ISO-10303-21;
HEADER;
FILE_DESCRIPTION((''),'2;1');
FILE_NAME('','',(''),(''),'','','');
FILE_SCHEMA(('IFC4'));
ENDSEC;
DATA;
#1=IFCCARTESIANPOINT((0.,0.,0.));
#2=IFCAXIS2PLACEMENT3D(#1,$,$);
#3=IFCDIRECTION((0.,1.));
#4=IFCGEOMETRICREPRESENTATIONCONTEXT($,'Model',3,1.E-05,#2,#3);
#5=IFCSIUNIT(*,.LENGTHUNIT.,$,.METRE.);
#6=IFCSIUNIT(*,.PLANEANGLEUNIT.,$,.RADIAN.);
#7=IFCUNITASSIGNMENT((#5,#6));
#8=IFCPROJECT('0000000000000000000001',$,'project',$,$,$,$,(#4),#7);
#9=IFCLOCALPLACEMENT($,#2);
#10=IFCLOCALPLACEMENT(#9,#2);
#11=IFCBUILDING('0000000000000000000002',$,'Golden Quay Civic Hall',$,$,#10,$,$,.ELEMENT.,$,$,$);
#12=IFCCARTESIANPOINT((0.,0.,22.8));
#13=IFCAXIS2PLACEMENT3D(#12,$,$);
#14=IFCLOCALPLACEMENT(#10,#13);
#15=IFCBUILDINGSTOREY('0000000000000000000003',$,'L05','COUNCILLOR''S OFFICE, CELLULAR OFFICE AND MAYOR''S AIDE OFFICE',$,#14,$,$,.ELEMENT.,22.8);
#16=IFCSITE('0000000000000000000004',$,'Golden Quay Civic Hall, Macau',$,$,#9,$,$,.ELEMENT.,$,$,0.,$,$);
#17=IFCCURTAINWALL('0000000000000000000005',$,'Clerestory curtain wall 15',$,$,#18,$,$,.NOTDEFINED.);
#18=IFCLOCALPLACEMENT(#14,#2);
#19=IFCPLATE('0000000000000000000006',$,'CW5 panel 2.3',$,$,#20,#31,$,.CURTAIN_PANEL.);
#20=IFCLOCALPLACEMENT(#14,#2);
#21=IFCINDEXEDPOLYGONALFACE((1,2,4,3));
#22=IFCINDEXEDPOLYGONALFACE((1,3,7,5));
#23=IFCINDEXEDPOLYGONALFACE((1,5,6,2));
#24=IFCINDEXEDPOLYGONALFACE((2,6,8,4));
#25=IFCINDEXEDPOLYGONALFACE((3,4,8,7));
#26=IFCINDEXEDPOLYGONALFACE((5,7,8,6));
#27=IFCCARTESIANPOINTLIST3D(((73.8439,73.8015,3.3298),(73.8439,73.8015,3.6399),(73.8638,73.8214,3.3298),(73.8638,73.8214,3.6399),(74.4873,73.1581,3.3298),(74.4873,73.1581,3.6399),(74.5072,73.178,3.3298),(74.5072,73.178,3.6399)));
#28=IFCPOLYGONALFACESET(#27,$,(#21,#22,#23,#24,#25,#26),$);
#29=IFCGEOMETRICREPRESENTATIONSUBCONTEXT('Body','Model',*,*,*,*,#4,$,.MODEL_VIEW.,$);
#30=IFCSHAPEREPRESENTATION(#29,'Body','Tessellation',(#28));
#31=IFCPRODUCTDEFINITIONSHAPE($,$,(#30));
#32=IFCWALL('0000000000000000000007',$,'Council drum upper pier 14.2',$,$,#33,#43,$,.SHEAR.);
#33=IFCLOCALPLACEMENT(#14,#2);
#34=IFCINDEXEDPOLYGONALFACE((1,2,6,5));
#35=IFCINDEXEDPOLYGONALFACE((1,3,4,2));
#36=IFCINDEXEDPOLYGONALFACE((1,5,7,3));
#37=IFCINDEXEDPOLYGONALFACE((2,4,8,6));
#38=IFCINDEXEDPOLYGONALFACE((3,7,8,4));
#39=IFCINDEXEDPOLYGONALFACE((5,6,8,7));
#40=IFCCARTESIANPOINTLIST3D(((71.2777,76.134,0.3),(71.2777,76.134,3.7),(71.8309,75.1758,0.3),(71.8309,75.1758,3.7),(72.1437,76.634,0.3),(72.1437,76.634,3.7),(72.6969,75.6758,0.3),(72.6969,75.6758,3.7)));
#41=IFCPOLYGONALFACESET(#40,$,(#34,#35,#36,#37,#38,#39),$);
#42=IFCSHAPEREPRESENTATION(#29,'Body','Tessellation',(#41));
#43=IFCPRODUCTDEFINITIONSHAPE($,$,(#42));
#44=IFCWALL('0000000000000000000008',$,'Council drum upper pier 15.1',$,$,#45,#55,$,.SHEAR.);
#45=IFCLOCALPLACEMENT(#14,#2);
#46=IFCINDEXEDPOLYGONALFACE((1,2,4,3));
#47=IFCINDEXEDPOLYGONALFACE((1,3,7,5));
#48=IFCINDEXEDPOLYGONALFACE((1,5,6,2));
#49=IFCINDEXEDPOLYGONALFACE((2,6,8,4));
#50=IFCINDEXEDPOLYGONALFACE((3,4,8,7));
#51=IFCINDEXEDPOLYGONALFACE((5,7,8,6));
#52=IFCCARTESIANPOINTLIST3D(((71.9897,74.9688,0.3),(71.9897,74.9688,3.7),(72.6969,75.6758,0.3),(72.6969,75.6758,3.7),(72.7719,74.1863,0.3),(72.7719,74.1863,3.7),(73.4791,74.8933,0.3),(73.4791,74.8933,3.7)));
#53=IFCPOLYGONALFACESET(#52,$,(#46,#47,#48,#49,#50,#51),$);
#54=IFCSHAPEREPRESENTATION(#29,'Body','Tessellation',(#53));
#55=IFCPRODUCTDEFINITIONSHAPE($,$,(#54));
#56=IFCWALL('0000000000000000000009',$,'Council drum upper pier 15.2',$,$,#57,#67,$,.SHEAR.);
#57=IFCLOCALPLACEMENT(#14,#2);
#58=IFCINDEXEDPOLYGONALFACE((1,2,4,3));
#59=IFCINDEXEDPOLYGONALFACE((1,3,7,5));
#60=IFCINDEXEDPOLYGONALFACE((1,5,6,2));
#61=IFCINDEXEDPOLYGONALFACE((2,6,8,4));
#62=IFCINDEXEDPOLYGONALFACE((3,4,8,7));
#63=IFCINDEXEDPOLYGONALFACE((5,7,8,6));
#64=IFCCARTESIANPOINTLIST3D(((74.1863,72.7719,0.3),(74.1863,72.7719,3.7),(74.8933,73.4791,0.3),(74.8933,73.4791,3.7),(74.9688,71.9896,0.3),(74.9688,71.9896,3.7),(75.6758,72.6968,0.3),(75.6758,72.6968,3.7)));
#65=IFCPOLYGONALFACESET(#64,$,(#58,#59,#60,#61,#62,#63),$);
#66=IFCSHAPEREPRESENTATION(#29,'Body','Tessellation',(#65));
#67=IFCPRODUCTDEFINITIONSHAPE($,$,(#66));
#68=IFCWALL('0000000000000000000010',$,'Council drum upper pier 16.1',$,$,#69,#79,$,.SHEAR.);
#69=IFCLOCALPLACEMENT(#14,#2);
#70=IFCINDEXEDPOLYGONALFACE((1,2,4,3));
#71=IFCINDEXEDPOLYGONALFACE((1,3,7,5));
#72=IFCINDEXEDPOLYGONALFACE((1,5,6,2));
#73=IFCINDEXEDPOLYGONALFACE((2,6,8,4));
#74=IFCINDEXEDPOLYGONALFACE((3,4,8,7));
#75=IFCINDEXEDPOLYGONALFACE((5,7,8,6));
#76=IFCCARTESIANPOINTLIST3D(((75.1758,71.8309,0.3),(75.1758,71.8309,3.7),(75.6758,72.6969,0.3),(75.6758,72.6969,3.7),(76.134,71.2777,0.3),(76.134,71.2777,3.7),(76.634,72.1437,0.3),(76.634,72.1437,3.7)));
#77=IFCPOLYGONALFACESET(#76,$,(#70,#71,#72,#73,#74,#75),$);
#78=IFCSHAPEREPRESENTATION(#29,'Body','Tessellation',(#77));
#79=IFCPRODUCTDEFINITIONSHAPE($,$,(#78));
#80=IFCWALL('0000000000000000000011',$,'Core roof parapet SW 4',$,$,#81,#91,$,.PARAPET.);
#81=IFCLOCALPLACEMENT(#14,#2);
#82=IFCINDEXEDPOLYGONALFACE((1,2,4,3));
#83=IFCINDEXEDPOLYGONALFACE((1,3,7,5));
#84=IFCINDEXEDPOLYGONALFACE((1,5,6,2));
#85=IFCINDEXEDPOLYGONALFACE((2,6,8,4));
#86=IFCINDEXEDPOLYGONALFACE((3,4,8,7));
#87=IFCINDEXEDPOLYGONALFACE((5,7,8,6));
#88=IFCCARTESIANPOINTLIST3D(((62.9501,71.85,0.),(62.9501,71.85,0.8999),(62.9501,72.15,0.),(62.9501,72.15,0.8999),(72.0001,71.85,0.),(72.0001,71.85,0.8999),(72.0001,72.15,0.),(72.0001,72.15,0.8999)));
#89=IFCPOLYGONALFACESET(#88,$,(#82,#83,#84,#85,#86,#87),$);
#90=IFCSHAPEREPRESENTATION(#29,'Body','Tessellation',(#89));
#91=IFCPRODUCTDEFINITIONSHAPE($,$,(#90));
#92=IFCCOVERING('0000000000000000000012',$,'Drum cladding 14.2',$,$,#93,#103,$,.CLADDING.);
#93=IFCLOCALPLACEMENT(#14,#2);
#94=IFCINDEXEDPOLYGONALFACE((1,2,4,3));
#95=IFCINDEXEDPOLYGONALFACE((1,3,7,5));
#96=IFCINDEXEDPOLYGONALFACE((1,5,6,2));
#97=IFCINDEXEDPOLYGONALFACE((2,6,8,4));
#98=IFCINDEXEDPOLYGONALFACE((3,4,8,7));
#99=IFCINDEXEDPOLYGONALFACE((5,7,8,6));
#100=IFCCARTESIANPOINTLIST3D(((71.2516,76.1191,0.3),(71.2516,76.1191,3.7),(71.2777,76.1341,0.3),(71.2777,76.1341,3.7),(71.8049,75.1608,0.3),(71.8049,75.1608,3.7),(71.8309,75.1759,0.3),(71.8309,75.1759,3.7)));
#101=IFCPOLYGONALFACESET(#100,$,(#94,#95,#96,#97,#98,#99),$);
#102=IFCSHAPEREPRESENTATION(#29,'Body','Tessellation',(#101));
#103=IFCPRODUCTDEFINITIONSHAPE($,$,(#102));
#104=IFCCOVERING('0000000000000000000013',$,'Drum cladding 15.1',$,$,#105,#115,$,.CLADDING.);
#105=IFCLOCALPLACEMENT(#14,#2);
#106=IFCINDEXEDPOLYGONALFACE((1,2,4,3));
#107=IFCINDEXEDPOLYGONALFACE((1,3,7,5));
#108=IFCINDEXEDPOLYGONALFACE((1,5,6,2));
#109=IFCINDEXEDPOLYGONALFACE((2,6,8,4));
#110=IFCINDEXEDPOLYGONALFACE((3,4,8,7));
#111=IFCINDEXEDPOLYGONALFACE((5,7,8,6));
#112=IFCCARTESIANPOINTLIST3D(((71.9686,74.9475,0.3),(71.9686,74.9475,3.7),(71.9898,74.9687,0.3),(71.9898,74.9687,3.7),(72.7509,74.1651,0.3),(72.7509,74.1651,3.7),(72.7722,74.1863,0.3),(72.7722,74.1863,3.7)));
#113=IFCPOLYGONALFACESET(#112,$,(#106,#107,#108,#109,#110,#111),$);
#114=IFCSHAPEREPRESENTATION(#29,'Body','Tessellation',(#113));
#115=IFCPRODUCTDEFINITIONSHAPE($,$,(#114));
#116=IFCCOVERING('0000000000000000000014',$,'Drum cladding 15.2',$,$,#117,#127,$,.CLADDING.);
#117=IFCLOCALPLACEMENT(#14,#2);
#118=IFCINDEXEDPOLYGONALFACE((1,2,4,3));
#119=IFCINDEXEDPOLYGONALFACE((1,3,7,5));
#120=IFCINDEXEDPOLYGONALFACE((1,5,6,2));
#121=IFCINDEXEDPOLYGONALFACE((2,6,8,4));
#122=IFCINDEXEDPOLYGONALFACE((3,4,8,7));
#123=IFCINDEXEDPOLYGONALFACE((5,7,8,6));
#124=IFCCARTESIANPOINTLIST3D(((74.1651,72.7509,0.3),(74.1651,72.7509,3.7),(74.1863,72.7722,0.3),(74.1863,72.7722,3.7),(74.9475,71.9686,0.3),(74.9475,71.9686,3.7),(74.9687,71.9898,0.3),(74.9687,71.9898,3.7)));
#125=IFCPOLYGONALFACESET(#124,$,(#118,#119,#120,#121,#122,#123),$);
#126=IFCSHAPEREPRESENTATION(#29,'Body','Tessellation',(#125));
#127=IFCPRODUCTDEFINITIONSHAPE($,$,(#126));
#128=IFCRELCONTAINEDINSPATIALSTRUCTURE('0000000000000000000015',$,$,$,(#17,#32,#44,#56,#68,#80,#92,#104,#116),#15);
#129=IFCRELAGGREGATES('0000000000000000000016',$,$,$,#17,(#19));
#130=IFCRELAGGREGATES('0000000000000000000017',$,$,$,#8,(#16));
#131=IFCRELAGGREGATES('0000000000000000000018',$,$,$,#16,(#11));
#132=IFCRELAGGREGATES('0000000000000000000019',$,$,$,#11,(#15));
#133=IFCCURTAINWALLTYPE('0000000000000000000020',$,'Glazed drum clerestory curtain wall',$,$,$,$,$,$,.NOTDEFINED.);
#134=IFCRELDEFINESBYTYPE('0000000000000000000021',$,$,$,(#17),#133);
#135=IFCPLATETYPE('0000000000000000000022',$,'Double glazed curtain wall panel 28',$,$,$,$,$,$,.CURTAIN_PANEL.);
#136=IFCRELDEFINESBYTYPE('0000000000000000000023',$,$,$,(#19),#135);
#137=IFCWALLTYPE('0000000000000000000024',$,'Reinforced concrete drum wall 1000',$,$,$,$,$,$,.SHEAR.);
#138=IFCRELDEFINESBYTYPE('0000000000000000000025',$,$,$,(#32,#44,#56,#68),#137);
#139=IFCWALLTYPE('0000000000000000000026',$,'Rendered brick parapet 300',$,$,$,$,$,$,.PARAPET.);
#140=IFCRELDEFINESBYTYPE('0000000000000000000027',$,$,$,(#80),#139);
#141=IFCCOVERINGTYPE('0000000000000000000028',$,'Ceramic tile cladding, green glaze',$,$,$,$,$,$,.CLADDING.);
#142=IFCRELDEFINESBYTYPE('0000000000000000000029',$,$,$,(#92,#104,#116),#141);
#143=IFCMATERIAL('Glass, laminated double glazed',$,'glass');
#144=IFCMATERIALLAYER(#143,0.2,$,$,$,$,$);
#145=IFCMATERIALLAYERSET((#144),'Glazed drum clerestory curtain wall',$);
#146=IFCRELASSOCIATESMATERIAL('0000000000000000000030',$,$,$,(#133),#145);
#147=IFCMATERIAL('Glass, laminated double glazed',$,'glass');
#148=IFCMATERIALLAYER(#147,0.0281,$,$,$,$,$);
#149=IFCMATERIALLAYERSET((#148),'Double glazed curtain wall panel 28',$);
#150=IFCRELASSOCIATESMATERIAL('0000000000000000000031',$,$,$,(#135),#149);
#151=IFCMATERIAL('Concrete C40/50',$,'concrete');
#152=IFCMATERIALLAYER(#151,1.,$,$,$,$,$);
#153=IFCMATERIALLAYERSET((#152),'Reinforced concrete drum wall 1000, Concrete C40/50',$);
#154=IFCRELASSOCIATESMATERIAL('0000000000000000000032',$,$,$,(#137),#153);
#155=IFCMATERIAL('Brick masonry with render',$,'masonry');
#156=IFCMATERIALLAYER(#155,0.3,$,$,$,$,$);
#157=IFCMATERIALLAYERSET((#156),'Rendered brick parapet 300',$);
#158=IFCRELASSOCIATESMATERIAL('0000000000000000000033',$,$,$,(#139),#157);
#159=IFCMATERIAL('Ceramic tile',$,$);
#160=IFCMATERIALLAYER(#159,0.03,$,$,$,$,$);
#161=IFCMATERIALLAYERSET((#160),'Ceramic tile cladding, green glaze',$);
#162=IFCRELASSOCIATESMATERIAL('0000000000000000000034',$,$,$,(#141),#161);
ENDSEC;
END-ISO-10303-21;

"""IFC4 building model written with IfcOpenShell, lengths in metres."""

from ifc_helpers import new_model, si_unit, direction, frame, frame_2d, origin, origin_2d, place, context, subcontext, project, spatial, rectangle, extrude, material, layer, layer_set, type_object, element, aggregate, save


model = new_model("IFC4")

# Units and contexts
model_context = context("Model", 3, precision=1e-05, world=origin(), true_north=direction((0.0, 1.0)))
body_context = subcontext(model_context, "Body", "Model", "MODEL_VIEW")
ifc_project = project(units=[si_unit("LENGTHUNIT", "METRE"), si_unit("PLANEANGLEUNIT", "RADIAN")], contexts=[model_context])

# Site, building, storey
site_placement = place(None, origin())
site = spatial("IfcSite", under=ifc_project, at=site_placement, Name="Golden Quay Civic Hall, Macau", CompositionType="ELEMENT", RefElevation=0.0)
building_placement = place(site_placement, origin())
building = spatial("IfcBuilding", under=site, at=building_placement, Name="Golden Quay Civic Hall", CompositionType="ELEMENT")
storey_placement = place(building_placement, frame((0.0, 0.0, 22.8)))
storey = spatial("IfcBuildingStorey", under=building, at=storey_placement, Name="L05", Description="COUNCILLOR'S OFFICE, CELLULAR OFFICE AND MAYOR'S AIDE OFFICE", CompositionType="ELEMENT", Elevation=22.8)

# Curtain wall
ifc_material_1 = material(Name="Glass, laminated double glazed", Category="glass")
ifc_layer_1 = layer(ifc_material_1, 0.2)
ifc_layer_set_1 = layer_set([ifc_layer_1], Name="Glazed drum clerestory curtain wall")
curtain_wall_type = type_object("IfcCurtainWallType", Name="Glazed drum clerestory curtain wall", PredefinedType="NOTDEFINED", material=ifc_layer_set_1)
curtain_wall_1_placement = place(storey_placement, origin())
curtain_wall_1 = element("IfcCurtainWall", 1, at=curtain_wall_1_placement, inside=storey, type_object=curtain_wall_type, Name="Clerestory curtain wall 15", PredefinedType="NOTDEFINED")

# Plate
ifc_material_2 = material(Name="Glass, laminated double glazed", Category="glass")
ifc_layer_2 = layer(ifc_material_2, 0.0281)
ifc_layer_set_2 = layer_set([ifc_layer_2], Name="Double glazed curtain wall panel 28")
plate_type = type_object("IfcPlateType", Name="Double glazed curtain wall panel 28", PredefinedType="CURTAIN_PANEL", material=ifc_layer_set_2)
plate_1_placement = place(storey_placement, frame((74.1755, 73.4897, 3.3298), z_axis=(0.0, 0.0, 1.0), x_axis=(0.707107, -0.707107, 0.0)))
plate_1 = element("IfcPlate", 2, at=plate_1_placement, type_object=plate_type, Name="CW5 panel 2.3", PredefinedType="CURTAIN_PANEL", context=body_context, shape_type="SweptSolid", body=[
    extrude(rectangle(XDim=0.9099, YDim=0.0281, at=origin_2d()), origin(), (0.0, 0.0, 1.0), 0.3101),
])
aggregate(curtain_wall_1, [plate_1])

# Walls
ifc_material_3 = material(Name="Concrete C40/50", Category="concrete")
ifc_layer_3 = layer(ifc_material_3, 1.0)
ifc_layer_set_3 = layer_set([ifc_layer_3], Name="Reinforced concrete drum wall 1000, Concrete C40/50")
wall_type_1 = type_object("IfcWallType", Name="Reinforced concrete drum wall 1000", PredefinedType="SHEAR", material=ifc_layer_set_3)
for number, where, z_axis, x_axis, name in (
    (3, (71.7107, 76.384, 0.3), (0.0, 0.0, 1.0), (0.499983, -0.866035, 0.0), "Council drum upper pier 14.2"),
    (4, (72.3433, 75.3223, 0.3), (0.0, 0.0, 1.0), (0.706996, -0.707217, 0.0), "Council drum upper pier 15.1"),
    (5, (74.5398, 73.1255, 0.3), (0.0, 0.0, 1.0), (0.707217, -0.706996, 0.0), "Council drum upper pier 15.2"),
    (6, (75.4258, 72.2639, 0.3), (0.0, 0.0, 1.0), (0.866035, -0.499983, 0.0), "Council drum upper pier 16.1"),
):
    element("IfcWall", number, at=place(storey_placement, frame(where, z_axis=z_axis, x_axis=x_axis)), inside=storey, type_object=wall_type_1, Name=name, PredefinedType="SHEAR", context=body_context, shape_type="SweptSolid", body=[
        extrude(rectangle(XDim=1.1064, YDim=1.0, at=frame_2d((0.5532, 0.0))), origin(), (0.0, 0.0, 1.0), 3.3999),
    ])
ifc_material_4 = material(Name="Brick masonry with render", Category="masonry")
ifc_layer_4 = layer(ifc_material_4, 0.3)
ifc_layer_set_4 = layer_set([ifc_layer_4], Name="Rendered brick parapet 300")
wall_type_2 = type_object("IfcWallType", Name="Rendered brick parapet 300", PredefinedType="PARAPET", material=ifc_layer_set_4)
wall_placement = place(storey_placement, frame((72.0, 72.0, 0.0), z_axis=(0.0, 0.0, 1.0), x_axis=(-1.0, 0.0, 0.0)))
element("IfcWall", 7, at=wall_placement, inside=storey, type_object=wall_type_2, Name="Core roof parapet SW 4", PredefinedType="PARAPET", context=body_context, shape_type="SweptSolid", body=[
    extrude(rectangle(XDim=9.05, YDim=0.3, at=frame_2d((4.5249, 0.0))), origin(), (0.0, 0.0, 1.0), 0.8999),
])

# Coverings
ifc_material_5 = material(Name="Ceramic tile")
ifc_layer_5 = layer(ifc_material_5, 0.03)
ifc_layer_set_5 = layer_set([ifc_layer_5], Name="Ceramic tile cladding, green glaze")
covering_type = type_object("IfcCoveringType", Name="Ceramic tile cladding, green glaze", PredefinedType="CLADDING", material=ifc_layer_set_5)
for number, where, z_axis, x_axis, name in (
    (8, (71.5413, 75.6475, 0.3), (0.0, 0.0, 1.0), (0.5, -0.866025, 0.0), "Drum cladding 14.2"),
    (9, (72.3704, 74.5669, 0.3), (0.0, 0.0, 1.0), (0.707107, -0.707107, 0.0), "Drum cladding 15.1"),
    (10, (74.5669, 72.3704, 0.3), (0.0, 0.0, 1.0), (0.707107, -0.707107, 0.0), "Drum cladding 15.2"),
):
    element("IfcCovering", number, at=place(storey_placement, frame(where, z_axis=z_axis, x_axis=x_axis)), inside=storey, type_object=covering_type, Name=name, PredefinedType="CLADDING", context=body_context, shape_type="SweptSolid", body=[
        extrude(rectangle(XDim=1.1064, YDim=0.03, at=origin_2d()), origin(), (0.0, 0.0, 1.0), 3.3999),
    ])

save(model, "model.ifc")
